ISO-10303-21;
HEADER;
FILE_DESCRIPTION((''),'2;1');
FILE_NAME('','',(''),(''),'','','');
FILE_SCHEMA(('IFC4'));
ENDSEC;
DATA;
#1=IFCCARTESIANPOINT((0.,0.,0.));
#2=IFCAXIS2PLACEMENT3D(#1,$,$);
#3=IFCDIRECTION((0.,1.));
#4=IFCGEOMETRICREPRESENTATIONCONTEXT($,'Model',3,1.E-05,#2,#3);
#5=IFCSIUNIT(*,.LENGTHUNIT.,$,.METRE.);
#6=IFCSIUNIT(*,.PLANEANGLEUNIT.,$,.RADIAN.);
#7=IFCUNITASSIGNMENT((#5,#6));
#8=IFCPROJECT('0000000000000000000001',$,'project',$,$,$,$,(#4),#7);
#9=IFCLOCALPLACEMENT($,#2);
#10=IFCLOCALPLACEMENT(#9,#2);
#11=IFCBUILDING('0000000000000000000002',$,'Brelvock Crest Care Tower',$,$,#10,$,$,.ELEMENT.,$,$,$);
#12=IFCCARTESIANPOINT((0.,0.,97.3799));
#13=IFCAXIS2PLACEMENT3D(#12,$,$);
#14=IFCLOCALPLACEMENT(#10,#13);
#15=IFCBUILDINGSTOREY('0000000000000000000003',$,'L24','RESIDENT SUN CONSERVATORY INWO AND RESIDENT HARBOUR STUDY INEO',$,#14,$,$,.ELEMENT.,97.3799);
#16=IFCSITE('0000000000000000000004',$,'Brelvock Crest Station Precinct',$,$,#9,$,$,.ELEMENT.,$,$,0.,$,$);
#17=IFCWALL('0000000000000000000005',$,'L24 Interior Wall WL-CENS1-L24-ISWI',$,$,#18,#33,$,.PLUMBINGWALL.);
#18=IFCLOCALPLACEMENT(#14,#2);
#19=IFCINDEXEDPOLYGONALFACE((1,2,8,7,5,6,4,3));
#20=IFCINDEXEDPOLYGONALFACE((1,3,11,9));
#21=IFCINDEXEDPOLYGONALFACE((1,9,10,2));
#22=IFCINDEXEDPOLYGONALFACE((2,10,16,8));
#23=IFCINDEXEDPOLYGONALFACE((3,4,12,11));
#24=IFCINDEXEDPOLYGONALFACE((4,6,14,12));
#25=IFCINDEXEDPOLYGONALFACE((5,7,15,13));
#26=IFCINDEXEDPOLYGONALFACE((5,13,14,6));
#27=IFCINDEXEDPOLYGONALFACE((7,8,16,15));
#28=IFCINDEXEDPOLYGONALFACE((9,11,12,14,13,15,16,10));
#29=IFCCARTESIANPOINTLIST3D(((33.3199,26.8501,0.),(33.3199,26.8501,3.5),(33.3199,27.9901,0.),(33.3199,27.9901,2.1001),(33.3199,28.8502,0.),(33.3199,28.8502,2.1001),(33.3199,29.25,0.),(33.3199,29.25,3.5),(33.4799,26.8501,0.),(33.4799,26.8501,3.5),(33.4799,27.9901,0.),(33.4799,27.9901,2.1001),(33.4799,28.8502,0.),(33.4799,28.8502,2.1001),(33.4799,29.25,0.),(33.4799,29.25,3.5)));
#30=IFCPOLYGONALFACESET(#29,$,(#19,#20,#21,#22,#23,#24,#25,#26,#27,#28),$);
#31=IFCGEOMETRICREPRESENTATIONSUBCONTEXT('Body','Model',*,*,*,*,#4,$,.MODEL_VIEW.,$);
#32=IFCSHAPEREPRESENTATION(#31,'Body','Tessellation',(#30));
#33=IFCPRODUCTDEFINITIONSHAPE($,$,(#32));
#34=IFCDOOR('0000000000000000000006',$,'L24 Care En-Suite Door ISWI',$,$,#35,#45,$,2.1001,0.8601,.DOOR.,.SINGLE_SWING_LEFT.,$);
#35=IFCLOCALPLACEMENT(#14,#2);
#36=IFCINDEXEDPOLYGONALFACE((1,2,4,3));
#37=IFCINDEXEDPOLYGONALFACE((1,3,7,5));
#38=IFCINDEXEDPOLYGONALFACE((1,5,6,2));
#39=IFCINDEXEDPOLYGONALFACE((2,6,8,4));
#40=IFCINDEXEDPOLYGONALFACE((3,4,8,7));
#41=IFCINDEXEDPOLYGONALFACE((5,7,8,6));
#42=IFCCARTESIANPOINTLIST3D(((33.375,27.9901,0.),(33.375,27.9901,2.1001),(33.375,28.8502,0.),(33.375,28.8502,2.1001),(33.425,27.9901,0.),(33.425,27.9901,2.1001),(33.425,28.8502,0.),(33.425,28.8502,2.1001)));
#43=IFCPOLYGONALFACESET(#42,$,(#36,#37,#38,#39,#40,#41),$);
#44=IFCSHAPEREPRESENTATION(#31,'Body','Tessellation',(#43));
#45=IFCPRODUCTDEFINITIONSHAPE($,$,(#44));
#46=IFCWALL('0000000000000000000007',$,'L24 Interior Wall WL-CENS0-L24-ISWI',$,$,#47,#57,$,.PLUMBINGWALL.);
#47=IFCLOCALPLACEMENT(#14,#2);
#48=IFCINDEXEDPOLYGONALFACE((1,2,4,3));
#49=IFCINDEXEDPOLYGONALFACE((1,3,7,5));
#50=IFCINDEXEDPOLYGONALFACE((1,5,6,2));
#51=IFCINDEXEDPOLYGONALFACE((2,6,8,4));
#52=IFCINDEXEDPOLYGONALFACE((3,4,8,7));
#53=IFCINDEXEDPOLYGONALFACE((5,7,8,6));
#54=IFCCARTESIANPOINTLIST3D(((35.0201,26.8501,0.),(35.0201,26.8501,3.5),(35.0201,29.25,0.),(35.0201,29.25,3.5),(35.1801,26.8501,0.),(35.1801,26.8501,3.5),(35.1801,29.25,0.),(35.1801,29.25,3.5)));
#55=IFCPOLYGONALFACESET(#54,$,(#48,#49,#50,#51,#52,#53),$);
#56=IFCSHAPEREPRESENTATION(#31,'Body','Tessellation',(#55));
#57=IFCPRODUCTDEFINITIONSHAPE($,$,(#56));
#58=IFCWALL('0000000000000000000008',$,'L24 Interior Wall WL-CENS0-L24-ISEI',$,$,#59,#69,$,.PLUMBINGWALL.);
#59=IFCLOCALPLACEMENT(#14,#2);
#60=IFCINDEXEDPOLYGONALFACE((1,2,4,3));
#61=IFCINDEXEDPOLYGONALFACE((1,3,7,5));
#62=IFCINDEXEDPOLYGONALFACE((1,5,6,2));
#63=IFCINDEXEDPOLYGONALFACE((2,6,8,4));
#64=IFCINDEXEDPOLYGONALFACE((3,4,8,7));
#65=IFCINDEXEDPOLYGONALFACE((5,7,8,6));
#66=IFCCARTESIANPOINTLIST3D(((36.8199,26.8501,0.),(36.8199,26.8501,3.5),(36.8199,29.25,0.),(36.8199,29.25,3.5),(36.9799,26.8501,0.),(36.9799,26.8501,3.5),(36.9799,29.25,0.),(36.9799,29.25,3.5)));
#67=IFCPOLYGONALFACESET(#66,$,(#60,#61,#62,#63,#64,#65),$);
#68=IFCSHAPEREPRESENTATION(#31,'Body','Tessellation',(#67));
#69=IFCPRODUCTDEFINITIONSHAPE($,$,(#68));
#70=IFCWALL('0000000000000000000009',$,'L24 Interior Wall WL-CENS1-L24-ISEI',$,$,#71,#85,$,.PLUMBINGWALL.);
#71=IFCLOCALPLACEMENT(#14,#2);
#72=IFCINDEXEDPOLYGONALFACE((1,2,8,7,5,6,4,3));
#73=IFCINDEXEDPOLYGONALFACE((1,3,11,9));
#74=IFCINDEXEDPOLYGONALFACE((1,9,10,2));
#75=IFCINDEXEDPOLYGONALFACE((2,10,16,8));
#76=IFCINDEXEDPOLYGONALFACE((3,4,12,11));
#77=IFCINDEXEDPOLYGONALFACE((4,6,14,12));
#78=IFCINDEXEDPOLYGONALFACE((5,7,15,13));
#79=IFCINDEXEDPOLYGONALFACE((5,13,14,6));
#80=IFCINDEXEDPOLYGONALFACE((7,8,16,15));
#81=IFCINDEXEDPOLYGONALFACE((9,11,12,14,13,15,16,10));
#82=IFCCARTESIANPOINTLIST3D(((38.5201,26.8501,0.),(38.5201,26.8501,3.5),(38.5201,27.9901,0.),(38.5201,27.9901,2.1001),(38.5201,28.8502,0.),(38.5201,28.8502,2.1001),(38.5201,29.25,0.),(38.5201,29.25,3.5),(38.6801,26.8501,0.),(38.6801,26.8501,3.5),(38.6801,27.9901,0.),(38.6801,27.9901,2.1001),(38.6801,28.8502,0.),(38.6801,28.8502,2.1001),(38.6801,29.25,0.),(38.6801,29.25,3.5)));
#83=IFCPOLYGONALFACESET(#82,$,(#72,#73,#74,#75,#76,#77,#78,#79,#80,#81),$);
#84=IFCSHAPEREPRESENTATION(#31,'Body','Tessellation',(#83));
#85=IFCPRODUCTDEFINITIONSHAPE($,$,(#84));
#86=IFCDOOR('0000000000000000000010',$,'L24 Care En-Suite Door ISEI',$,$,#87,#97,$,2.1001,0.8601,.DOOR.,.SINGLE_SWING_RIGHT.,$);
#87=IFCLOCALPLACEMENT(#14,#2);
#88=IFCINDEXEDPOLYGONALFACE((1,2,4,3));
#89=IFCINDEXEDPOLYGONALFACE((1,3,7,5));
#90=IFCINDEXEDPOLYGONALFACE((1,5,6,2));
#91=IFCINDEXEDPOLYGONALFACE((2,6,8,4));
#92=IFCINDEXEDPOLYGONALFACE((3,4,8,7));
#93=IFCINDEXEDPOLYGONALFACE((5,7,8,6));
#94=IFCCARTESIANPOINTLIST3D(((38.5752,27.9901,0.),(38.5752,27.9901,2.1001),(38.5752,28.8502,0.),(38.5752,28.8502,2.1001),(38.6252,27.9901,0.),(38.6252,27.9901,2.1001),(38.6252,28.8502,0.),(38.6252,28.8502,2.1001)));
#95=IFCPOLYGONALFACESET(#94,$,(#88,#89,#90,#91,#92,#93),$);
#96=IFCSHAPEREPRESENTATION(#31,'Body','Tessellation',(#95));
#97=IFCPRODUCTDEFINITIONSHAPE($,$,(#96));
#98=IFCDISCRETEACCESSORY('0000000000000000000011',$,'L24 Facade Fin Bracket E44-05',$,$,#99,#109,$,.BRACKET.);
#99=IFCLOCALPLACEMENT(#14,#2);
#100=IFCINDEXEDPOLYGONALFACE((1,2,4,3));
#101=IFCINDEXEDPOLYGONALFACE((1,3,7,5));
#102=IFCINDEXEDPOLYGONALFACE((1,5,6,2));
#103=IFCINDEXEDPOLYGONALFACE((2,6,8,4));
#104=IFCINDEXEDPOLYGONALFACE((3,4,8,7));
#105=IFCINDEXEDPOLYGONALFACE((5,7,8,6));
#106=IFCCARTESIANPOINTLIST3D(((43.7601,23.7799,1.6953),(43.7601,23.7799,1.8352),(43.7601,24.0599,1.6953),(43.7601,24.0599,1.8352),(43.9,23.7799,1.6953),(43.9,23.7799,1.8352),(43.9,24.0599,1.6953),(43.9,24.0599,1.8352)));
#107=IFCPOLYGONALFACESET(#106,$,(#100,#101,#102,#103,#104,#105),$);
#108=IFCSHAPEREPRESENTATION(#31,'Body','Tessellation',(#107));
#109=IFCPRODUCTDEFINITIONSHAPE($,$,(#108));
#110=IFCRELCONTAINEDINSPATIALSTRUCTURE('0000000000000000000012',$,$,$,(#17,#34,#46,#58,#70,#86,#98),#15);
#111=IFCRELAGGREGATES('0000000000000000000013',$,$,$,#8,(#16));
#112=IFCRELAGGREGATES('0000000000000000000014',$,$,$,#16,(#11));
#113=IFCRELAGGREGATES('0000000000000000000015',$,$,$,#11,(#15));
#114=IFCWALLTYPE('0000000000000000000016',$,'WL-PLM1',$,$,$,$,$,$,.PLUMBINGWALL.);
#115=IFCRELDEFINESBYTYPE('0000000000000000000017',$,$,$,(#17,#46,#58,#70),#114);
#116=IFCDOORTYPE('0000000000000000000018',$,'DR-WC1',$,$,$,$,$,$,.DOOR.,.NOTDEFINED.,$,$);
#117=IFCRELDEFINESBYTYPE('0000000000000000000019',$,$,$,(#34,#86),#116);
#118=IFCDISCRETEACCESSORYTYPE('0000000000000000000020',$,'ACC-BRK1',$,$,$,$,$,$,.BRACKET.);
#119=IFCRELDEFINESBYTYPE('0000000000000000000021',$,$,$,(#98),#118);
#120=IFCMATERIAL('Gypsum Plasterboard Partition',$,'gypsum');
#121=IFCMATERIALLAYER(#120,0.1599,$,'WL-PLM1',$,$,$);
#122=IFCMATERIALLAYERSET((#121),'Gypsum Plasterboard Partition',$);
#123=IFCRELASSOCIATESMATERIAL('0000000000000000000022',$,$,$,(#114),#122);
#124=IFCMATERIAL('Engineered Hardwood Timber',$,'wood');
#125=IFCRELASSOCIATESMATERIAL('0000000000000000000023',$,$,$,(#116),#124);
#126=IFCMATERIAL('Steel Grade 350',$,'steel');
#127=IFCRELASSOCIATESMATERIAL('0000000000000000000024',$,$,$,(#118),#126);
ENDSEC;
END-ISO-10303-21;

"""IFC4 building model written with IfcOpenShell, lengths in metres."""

from ifc_helpers import new_model, si_unit, direction, frame, frame_2d, origin, origin_2d, place, context, subcontext, project, spatial, rectangle, extrude, source, transform, mapped, material, layer, layer_set, type_object, element, fill, save


model = new_model("IFC4")

# Units and contexts
model_context = context("Model", 3, precision=1e-05, world=origin(), true_north=direction((0.0, 1.0)))
body_context = subcontext(model_context, "Body", "Model", "MODEL_VIEW")
ifc_project = project(units=[si_unit("LENGTHUNIT", "METRE"), si_unit("PLANEANGLEUNIT", "RADIAN")], contexts=[model_context])

# Site, building, storey
site_placement = place(None, origin())
site = spatial("IfcSite", under=ifc_project, at=site_placement, Name="Brelvock Crest Station Precinct", CompositionType="ELEMENT", RefElevation=0.0)
building_placement = place(site_placement, origin())
building = spatial("IfcBuilding", under=site, at=building_placement, Name="Brelvock Crest Care Tower", CompositionType="ELEMENT")
storey_placement = place(building_placement, frame((0.0, 0.0, 97.3799)))
storey = spatial("IfcBuildingStorey", under=building, at=storey_placement, Name="L24", Description="RESIDENT SUN CONSERVATORY INWO AND RESIDENT HARBOUR STUDY INEO", CompositionType="ELEMENT", Elevation=97.3799)

# Shared definitions
ifc_material_1 = material(Name="Steel Grade 350", Category="steel")

# Shared definitions
ifc_material_2 = material(Name="Engineered Hardwood Timber", Category="wood")

# Shared definitions
ifc_material_3 = material(Name="Gypsum Plasterboard Partition", Category="gypsum")
ifc_layer_1 = layer(ifc_material_3, 0.1599, Name="WL-PLM1")
ifc_layer_set_1 = layer_set([ifc_layer_1], Name="Gypsum Plasterboard Partition")
wall_type_1 = type_object("IfcWallType", Name="WL-PLM1", PredefinedType="PLUMBINGWALL", material=ifc_layer_set_1)

# Wall, opening, door
wall_1_placement = place(storey_placement, frame((33.3999, 26.8501, 0.0), z_axis=(0.0, 0.0, 1.0), x_axis=(0.0, 1.0, 0.0)))
wall_1 = element("IfcWall", 1, at=wall_1_placement, inside=storey, type_object=wall_type_1, Name="L24 Interior Wall WL-CENS1-L24-ISWI", PredefinedType="PLUMBINGWALL", context=body_context, shape_type="SweptSolid", body=[
    extrude(rectangle(XDim=2.3999, YDim=0.1599, at=frame_2d((1.2, 0.0))), origin(), (0.0, 0.0, 1.0), 3.5),
])
opening_1_placement = place(wall_1_placement, frame((1.1399, 0.0, 0.0)))
opening_1 = element("IfcOpeningElement", 2, at=opening_1_placement, cuts=wall_1, PredefinedType="OPENING", context=body_context, shape_type="SweptSolid", body=[
    extrude(rectangle(XDim=0.8601, YDim=2.1001, at=origin_2d()), frame((0.4302, 0.0898, 1.05), z_axis=(0.0, -1.0, 0.0), x_axis=(1.0, 0.0, 0.0)), (0.0, 0.0, 1.0), 0.1799),
])
door_type_1 = type_object("IfcDoorType", Name="DR-WC1", OperationType="NOTDEFINED", PredefinedType="DOOR", material=ifc_material_2)
shared_shape_1 = source(origin(), body_context, "Body", "SweptSolid", [
    extrude(rectangle(XDim=0.8601, YDim=2.1001, at=origin_2d()), frame((0.4302, 0.0249, 1.05), z_axis=(0.0, -1.0, 0.0), x_axis=(1.0, 0.0, 0.0)), (0.0, 0.0, 1.0), 0.05),
])
door_1_placement = place(opening_1_placement, origin())
door_1 = element("IfcDoor", 3, at=door_1_placement, inside=storey, type_object=door_type_1, Name="L24 Care En-Suite Door ISWI", OperationType="SINGLE_SWING_LEFT", OverallHeight=2.1001, OverallWidth=0.8601, PredefinedType="DOOR", context=body_context, shape_type="MappedRepresentation", body=[
    mapped(shared_shape_1, transform((0.0, 0.0, 0.0), x_axis=(1.0, 0.0, 0.0), y_axis=(0.0, 1.0, 0.0), z_axis=(0.0, 0.0, 1.0), scale=1.0)),
])
fill(opening_1, door_1)

# Walls
for number, where, z_axis, x_axis, name in (
    (4, (35.1001, 26.8501, 0.0), (0.0, 0.0, 1.0), (0.0, 1.0, 0.0), "L24 Interior Wall WL-CENS0-L24-ISWI"),
    (5, (36.8999, 26.8501, 0.0), (0.0, 0.0, 1.0), (0.0, 1.0, 0.0), "L24 Interior Wall WL-CENS0-L24-ISEI"),
):
    element("IfcWall", number, at=place(storey_placement, frame(where, z_axis=z_axis, x_axis=x_axis)), inside=storey, type_object=wall_type_1, Name=name, PredefinedType="PLUMBINGWALL", context=body_context, shape_type="SweptSolid", body=[
        extrude(rectangle(XDim=2.3999, YDim=0.1599, at=frame_2d((1.2, 0.0))), origin(), (0.0, 0.0, 1.0), 3.5),
    ])

# Wall, opening, door
wall_2_placement = place(storey_placement, frame((38.6001, 26.8501, 0.0), z_axis=(0.0, 0.0, 1.0), x_axis=(0.0, 1.0, 0.0)))
wall_2 = element("IfcWall", 6, at=wall_2_placement, inside=storey, type_object=wall_type_1, Name="L24 Interior Wall WL-CENS1-L24-ISEI", PredefinedType="PLUMBINGWALL", context=body_context, shape_type="SweptSolid", body=[
    extrude(rectangle(XDim=2.3999, YDim=0.1599, at=frame_2d((1.2, 0.0))), origin(), (0.0, 0.0, 1.0), 3.5),
])
opening_2_placement = place(wall_2_placement, frame((1.1399, 0.0, 0.0)))
opening_2 = element("IfcOpeningElement", 7, at=opening_2_placement, cuts=wall_2, PredefinedType="OPENING", context=body_context, shape_type="SweptSolid", body=[
    extrude(rectangle(XDim=0.8601, YDim=2.1001, at=origin_2d()), frame((0.4302, 0.0898, 1.05), z_axis=(0.0, -1.0, 0.0), x_axis=(1.0, 0.0, 0.0)), (0.0, 0.0, 1.0), 0.1799),
])
door_2_placement = place(opening_2_placement, origin())
door_2 = element("IfcDoor", 8, at=door_2_placement, inside=storey, type_object=door_type_1, Name="L24 Care En-Suite Door ISEI", OperationType="SINGLE_SWING_RIGHT", OverallHeight=2.1001, OverallWidth=0.8601, PredefinedType="DOOR", context=body_context, shape_type="MappedRepresentation", body=[
    mapped(shared_shape_1, transform((0.0, 0.0, 0.0), x_axis=(1.0, 0.0, 0.0), y_axis=(0.0, 1.0, 0.0), z_axis=(0.0, 0.0, 1.0), scale=1.0)),
])
fill(opening_2, door_2)

# Discrete accessory
discrete_accessory_type = type_object("IfcDiscreteAccessoryType", Name="ACC-BRK1", PredefinedType="BRACKET", material=ifc_material_1)
shared_shape_2 = source(origin(), body_context, "Body", "SweptSolid", [
    extrude(rectangle(XDim=0.28, YDim=0.1399, at=origin_2d()), origin(), (0.0, 0.0, 1.0), 0.1399),
])
discrete_accessory_placement = place(storey_placement, frame((43.8301, 23.9199, 1.6953), z_axis=(0.0, 0.0, 1.0), x_axis=(0.0, -1.0, 0.0)))
element("IfcDiscreteAccessory", 9, at=discrete_accessory_placement, inside=storey, type_object=discrete_accessory_type, Name="L24 Facade Fin Bracket E44-05", PredefinedType="BRACKET", context=body_context, shape_type="MappedRepresentation", body=[
    mapped(shared_shape_2, transform((0.0, 0.0, 0.0), x_axis=(1.0, 0.0, 0.0), y_axis=(0.0, 1.0, 0.0), z_axis=(0.0, 0.0, 1.0), scale=1.0)),
])

save(model, "model.ifc")
